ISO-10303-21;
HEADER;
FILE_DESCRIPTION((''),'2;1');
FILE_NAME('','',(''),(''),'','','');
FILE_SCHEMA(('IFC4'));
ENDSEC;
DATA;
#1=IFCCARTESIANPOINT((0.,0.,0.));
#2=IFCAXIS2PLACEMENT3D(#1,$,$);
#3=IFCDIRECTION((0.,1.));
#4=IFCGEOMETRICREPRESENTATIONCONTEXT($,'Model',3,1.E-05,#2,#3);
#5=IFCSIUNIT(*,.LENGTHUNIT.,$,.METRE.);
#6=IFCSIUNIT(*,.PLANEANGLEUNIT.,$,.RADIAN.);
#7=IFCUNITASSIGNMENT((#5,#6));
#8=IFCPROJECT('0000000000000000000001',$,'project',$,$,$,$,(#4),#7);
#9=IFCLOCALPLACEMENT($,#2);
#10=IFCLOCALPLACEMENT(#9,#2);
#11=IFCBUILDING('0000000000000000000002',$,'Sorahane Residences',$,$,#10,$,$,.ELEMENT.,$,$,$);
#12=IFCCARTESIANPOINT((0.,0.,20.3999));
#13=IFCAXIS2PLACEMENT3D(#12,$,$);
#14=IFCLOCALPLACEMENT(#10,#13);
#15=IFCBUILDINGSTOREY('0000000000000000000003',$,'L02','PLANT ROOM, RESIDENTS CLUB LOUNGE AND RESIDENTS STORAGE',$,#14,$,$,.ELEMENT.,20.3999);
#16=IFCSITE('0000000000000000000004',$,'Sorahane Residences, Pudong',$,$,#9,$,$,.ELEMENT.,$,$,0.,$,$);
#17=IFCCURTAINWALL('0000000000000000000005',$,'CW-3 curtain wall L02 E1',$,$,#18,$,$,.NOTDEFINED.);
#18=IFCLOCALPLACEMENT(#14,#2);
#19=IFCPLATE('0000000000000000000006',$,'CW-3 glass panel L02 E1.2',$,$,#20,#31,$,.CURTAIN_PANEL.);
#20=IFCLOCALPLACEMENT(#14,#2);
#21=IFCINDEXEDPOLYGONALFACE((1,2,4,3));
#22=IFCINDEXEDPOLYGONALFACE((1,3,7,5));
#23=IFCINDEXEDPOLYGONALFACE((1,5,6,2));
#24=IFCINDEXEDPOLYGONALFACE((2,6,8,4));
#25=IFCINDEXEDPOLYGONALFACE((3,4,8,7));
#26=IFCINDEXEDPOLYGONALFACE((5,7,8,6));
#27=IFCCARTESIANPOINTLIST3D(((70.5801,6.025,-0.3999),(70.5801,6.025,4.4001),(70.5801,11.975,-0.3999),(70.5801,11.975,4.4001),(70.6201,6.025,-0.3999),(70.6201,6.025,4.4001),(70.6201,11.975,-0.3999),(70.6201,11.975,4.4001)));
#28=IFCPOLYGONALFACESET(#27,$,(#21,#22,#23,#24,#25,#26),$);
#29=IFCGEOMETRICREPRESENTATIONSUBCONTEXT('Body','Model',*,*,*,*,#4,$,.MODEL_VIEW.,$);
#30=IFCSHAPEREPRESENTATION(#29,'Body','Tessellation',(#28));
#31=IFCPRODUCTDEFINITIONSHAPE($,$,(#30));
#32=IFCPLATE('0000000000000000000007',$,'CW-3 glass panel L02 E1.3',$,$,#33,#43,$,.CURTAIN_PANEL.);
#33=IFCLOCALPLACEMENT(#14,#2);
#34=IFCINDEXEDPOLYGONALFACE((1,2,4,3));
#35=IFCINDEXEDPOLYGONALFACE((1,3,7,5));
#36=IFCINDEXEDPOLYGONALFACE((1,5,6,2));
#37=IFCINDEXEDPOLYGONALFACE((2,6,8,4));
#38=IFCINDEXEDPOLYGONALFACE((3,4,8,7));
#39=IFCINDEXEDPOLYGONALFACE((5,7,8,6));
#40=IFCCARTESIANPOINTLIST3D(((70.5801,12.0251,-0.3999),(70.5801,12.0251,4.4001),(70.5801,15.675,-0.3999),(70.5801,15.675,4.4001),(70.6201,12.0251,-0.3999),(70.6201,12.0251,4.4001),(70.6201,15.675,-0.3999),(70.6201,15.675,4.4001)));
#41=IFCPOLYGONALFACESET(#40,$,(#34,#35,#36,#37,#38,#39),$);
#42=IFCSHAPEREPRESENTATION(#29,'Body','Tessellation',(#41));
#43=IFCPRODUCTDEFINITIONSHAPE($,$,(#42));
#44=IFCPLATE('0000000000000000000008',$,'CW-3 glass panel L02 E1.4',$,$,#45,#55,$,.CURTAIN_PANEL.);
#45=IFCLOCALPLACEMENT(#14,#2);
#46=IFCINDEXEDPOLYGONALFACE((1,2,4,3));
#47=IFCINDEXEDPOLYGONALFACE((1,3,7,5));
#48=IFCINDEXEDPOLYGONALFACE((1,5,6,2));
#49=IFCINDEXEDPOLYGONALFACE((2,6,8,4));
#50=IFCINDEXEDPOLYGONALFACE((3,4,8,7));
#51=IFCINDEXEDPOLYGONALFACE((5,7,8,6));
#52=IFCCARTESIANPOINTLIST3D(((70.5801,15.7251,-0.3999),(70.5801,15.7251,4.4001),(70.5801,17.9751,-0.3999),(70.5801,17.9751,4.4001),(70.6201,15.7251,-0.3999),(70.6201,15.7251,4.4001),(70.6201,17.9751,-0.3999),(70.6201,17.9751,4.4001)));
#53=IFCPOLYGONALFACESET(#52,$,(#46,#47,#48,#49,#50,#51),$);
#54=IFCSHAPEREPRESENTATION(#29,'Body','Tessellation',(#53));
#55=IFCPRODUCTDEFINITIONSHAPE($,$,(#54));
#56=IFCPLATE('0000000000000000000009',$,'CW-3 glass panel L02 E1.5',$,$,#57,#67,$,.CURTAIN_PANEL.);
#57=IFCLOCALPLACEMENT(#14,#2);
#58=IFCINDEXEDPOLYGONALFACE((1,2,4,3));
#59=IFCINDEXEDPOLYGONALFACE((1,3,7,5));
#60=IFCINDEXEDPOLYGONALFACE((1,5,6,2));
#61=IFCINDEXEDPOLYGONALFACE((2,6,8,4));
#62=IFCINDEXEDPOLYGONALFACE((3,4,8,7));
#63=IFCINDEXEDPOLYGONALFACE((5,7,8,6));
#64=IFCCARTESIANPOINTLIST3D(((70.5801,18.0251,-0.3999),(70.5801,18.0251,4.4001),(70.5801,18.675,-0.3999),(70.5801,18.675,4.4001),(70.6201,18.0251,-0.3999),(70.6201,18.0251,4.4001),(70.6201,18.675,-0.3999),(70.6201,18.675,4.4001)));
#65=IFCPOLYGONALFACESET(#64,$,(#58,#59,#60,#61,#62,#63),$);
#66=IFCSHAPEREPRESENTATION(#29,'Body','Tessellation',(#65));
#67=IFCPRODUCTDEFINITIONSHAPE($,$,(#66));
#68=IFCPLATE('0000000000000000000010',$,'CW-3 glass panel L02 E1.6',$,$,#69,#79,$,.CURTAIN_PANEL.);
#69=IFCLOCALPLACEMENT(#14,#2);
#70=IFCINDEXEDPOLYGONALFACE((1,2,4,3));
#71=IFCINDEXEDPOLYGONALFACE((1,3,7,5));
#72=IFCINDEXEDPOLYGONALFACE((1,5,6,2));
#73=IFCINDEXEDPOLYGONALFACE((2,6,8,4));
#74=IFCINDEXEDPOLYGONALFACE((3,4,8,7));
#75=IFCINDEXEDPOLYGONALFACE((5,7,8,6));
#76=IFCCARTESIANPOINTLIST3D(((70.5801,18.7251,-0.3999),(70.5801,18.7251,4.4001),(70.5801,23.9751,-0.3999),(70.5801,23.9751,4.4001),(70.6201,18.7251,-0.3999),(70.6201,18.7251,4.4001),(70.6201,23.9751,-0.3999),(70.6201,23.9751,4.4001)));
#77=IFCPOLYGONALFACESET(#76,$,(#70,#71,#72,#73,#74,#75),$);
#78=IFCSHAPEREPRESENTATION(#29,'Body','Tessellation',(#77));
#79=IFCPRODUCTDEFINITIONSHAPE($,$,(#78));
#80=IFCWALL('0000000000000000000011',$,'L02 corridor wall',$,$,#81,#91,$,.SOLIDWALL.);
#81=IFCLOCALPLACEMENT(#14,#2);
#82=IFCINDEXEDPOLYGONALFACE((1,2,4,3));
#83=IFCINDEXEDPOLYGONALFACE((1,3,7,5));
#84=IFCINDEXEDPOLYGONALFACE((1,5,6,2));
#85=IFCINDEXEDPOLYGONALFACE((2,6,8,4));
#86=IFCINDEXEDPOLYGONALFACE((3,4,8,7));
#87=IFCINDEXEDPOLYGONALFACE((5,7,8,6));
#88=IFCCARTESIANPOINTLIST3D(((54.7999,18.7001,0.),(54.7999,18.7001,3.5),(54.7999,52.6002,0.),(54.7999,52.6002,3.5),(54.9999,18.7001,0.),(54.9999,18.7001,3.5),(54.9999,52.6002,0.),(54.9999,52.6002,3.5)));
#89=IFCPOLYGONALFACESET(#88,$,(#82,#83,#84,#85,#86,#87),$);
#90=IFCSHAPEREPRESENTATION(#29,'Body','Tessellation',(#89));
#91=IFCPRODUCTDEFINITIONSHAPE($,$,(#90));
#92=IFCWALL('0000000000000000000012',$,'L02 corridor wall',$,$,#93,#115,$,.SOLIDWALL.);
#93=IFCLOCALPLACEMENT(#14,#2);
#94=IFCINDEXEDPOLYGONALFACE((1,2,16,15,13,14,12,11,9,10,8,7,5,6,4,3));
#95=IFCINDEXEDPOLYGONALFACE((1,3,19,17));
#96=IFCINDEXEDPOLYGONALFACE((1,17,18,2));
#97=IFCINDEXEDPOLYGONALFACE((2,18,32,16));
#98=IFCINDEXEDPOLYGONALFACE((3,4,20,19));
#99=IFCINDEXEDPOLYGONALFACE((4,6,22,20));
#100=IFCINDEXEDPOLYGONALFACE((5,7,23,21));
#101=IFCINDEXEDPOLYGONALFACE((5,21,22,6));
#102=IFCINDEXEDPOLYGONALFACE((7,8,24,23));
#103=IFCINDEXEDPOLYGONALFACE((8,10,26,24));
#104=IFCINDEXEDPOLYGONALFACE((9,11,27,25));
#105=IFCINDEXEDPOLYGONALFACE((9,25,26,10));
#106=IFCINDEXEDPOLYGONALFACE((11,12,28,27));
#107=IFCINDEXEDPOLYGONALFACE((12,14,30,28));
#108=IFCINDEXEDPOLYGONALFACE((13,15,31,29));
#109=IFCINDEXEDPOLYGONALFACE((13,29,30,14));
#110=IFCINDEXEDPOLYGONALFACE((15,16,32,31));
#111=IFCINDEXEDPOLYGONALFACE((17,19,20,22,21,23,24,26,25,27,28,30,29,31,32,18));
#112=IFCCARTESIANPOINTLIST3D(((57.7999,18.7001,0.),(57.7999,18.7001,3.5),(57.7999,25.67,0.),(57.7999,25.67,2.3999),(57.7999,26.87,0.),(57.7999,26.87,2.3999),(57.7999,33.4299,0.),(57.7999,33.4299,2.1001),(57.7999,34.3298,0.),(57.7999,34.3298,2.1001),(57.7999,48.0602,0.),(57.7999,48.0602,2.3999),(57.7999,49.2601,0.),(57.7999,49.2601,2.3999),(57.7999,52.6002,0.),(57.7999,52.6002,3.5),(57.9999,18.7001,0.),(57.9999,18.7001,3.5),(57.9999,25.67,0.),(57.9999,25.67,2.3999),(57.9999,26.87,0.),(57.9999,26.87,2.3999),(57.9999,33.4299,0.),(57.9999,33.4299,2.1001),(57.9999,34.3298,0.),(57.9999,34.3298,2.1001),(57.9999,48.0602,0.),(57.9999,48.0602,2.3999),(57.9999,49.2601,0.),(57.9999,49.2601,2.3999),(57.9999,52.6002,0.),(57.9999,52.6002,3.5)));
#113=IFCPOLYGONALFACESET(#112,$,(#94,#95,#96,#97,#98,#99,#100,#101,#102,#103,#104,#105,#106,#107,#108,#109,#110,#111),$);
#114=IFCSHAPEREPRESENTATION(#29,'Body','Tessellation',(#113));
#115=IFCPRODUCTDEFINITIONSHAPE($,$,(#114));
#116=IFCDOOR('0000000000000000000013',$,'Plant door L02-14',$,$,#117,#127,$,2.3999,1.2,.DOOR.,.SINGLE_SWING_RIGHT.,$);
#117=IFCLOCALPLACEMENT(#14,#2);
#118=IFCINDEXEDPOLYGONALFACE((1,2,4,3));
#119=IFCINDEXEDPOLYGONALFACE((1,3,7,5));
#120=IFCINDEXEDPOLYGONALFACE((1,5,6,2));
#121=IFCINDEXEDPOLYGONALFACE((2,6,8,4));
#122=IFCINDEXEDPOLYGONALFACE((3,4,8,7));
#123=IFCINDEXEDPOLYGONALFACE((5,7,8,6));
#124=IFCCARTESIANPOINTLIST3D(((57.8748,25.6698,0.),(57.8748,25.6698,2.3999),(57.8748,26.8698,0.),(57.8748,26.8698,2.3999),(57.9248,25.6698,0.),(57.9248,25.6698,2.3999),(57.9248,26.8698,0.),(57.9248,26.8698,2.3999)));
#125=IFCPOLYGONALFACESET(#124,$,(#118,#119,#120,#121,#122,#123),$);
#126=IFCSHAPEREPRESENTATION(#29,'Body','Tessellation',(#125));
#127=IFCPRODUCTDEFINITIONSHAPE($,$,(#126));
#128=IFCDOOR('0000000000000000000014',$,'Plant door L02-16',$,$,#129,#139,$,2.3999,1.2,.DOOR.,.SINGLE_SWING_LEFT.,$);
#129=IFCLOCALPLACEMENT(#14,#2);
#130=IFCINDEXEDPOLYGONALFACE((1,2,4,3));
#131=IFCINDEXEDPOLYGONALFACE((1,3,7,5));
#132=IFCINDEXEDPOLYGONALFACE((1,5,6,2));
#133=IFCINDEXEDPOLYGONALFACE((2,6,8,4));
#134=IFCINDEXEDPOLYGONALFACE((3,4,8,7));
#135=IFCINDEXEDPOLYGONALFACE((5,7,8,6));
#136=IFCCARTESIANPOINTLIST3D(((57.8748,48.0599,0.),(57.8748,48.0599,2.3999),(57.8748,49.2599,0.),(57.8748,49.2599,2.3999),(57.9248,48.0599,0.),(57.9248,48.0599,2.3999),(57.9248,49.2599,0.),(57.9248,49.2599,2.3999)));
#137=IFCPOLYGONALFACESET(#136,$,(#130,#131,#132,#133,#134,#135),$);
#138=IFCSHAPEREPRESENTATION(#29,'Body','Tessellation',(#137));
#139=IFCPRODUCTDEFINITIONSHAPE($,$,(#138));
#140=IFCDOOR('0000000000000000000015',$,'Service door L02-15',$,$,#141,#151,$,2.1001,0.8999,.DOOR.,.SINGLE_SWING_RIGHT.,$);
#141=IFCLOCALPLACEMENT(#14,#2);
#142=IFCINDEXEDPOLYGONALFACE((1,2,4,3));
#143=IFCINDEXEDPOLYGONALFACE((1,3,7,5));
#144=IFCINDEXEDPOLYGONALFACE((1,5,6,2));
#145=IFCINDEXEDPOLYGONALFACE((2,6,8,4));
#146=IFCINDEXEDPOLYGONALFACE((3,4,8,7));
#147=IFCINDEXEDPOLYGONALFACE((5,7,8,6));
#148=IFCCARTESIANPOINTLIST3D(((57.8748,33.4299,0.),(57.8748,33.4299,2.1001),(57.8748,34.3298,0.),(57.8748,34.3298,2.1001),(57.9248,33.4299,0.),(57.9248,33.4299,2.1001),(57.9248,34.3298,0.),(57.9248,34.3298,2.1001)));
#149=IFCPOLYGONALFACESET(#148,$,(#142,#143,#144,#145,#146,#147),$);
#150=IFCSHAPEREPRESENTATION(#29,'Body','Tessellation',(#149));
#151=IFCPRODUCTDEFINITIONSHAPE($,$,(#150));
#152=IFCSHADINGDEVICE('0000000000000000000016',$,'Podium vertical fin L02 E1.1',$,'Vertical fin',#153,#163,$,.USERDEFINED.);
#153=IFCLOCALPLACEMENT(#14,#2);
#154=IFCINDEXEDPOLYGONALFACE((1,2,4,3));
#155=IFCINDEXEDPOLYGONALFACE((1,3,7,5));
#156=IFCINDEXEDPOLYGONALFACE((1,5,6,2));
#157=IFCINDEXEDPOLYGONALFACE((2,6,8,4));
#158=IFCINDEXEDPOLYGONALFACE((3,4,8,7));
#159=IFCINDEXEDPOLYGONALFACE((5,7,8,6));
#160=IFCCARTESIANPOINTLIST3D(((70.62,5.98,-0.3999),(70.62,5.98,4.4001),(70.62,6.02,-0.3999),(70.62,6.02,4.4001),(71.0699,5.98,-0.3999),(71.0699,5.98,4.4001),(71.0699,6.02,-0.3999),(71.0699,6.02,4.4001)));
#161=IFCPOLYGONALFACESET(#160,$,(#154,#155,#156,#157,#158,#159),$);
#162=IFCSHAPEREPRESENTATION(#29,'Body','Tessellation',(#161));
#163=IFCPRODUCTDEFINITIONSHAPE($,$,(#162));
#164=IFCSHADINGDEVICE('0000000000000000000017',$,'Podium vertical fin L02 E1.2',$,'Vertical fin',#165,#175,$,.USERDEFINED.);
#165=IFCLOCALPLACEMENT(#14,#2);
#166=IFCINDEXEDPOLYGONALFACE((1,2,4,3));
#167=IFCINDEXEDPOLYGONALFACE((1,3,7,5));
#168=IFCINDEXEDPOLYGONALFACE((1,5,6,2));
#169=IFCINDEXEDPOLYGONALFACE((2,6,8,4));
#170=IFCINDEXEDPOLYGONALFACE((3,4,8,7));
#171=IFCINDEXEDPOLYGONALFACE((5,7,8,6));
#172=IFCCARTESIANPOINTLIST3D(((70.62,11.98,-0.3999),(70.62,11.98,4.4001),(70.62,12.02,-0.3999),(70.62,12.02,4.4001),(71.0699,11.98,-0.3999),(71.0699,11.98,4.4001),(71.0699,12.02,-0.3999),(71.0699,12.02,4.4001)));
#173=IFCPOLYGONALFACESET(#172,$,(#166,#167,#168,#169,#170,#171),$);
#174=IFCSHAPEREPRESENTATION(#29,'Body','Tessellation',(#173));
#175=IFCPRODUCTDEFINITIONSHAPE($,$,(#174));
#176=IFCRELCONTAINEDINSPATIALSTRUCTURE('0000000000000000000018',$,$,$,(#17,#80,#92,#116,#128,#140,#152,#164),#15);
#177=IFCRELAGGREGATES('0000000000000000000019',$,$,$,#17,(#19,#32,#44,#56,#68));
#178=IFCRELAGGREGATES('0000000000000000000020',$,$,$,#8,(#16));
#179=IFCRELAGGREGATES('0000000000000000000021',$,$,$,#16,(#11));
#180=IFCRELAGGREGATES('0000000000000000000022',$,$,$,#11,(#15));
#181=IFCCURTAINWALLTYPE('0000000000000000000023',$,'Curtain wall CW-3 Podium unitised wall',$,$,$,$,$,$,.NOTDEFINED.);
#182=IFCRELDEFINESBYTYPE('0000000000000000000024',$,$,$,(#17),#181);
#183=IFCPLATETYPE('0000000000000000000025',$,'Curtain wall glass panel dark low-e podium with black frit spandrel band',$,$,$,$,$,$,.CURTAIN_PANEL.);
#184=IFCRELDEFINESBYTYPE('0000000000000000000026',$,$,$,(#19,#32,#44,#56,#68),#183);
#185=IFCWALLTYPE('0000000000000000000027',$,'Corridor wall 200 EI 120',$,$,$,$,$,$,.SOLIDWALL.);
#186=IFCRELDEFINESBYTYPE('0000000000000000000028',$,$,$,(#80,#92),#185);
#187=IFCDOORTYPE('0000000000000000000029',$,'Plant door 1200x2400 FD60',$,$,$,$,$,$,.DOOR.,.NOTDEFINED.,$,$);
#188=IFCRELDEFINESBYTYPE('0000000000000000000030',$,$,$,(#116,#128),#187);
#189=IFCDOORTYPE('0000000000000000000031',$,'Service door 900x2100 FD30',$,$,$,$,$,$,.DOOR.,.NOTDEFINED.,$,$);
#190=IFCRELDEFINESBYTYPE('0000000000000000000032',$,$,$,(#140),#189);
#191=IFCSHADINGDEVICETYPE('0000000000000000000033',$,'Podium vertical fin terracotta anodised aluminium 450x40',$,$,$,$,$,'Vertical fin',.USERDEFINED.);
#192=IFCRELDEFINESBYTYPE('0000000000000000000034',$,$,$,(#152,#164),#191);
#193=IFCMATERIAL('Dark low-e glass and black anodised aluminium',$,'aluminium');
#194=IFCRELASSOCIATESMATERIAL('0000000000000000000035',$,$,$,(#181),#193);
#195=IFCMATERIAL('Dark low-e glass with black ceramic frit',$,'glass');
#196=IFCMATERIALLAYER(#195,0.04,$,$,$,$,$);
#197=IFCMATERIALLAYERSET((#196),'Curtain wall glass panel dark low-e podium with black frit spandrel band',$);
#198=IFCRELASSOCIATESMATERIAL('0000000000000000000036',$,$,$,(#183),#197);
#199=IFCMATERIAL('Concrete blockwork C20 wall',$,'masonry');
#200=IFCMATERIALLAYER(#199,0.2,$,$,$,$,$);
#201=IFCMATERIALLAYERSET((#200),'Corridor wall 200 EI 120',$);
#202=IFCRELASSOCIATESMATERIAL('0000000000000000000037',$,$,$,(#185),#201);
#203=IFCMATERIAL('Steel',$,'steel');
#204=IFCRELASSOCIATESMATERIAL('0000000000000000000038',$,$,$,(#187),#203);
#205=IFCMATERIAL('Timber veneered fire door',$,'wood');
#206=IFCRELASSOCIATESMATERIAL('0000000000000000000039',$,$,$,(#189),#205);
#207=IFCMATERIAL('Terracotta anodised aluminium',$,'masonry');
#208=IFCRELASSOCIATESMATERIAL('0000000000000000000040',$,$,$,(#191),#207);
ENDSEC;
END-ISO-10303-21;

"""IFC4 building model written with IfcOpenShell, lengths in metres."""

from ifc_helpers import new_model, si_unit, direction, frame, frame_2d, origin, origin_2d, place, context, subcontext, project, spatial, rectangle, extrude, material, layer, layer_set, material_profile, profile_set, type_object, element, fill, aggregate, save


model = new_model("IFC4")

# Units and contexts
model_context = context("Model", 3, precision=1e-05, world=origin(), true_north=direction((0.0, 1.0)))
body_context = subcontext(model_context, "Body", "Model", "MODEL_VIEW")
ifc_project = project(units=[si_unit("LENGTHUNIT", "METRE"), si_unit("PLANEANGLEUNIT", "RADIAN")], contexts=[model_context])

# Site, building, storey
site_placement = place(None, origin())
site = spatial("IfcSite", under=ifc_project, at=site_placement, Name="Sorahane Residences, Pudong", CompositionType="ELEMENT", RefElevation=0.0)
building_placement = place(site_placement, origin())
building = spatial("IfcBuilding", under=site, at=building_placement, Name="Sorahane Residences", CompositionType="ELEMENT")
storey_placement = place(building_placement, frame((0.0, 0.0, 20.3999)))
storey = spatial("IfcBuildingStorey", under=building, at=storey_placement, Name="L02", Description="PLANT ROOM, RESIDENTS CLUB LOUNGE AND RESIDENTS STORAGE", CompositionType="ELEMENT", Elevation=20.3999)

# Curtain wall
ifc_material_1 = material(Name="Dark low-e glass and black anodised aluminium", Category="aluminium")
curtain_wall_type = type_object("IfcCurtainWallType", Name="Curtain wall CW-3 Podium unitised wall", PredefinedType="NOTDEFINED", material=ifc_material_1)
curtain_wall_placement = place(storey_placement, origin())
curtain_wall = element("IfcCurtainWall", 1, at=curtain_wall_placement, inside=storey, type_object=curtain_wall_type, Name="CW-3 curtain wall L02 E1", PredefinedType="NOTDEFINED")

# Plates
ifc_material_2 = material(Name="Dark low-e glass with black ceramic frit", Category="glass")
ifc_layer_1 = layer(ifc_material_2, 0.04)
ifc_layer_set_1 = layer_set([ifc_layer_1], Name="Curtain wall glass panel dark low-e podium with black frit spandrel band")
plate_type = type_object("IfcPlateType", Name="Curtain wall glass panel dark low-e podium with black frit spandrel band", PredefinedType="CURTAIN_PANEL", material=ifc_layer_set_1)
plate_1_placement = place(storey_placement, frame((70.6001, 9.0, -0.3999), z_axis=(0.0, 0.0, 1.0), x_axis=(0.0, 1.0, 0.0)))
plate_1 = element("IfcPlate", 2, at=plate_1_placement, type_object=plate_type, Name="CW-3 glass panel L02 E1.2", PredefinedType="CURTAIN_PANEL", context=body_context, shape_type="SweptSolid", body=[
    extrude(rectangle(XDim=5.95, YDim=0.04, at=origin_2d()), origin(), (0.0, 0.0, 1.0), 4.8),
])
plate_2_placement = place(storey_placement, frame((70.6001, 13.8501, -0.3999), z_axis=(0.0, 0.0, 1.0), x_axis=(0.0, 1.0, 0.0)))
plate_2 = element("IfcPlate", 3, at=plate_2_placement, type_object=plate_type, Name="CW-3 glass panel L02 E1.3", PredefinedType="CURTAIN_PANEL", context=body_context, shape_type="SweptSolid", body=[
    extrude(rectangle(XDim=3.6499, YDim=0.04, at=origin_2d()), origin(), (0.0, 0.0, 1.0), 4.8),
])
plate_3_placement = place(storey_placement, frame((70.6001, 16.8501, -0.3999), z_axis=(0.0, 0.0, 1.0), x_axis=(0.0, 1.0, 0.0)))
plate_3 = element("IfcPlate", 4, at=plate_3_placement, type_object=plate_type, Name="CW-3 glass panel L02 E1.4", PredefinedType="CURTAIN_PANEL", context=body_context, shape_type="SweptSolid", body=[
    extrude(rectangle(XDim=2.25, YDim=0.04, at=origin_2d()), origin(), (0.0, 0.0, 1.0), 4.8),
])
plate_4_placement = place(storey_placement, frame((70.6001, 18.3501, -0.3999), z_axis=(0.0, 0.0, 1.0), x_axis=(0.0, 1.0, 0.0)))
plate_4 = element("IfcPlate", 5, at=plate_4_placement, type_object=plate_type, Name="CW-3 glass panel L02 E1.5", PredefinedType="CURTAIN_PANEL", context=body_context, shape_type="SweptSolid", body=[
    extrude(rectangle(XDim=0.6499, YDim=0.04, at=origin_2d()), origin(), (0.0, 0.0, 1.0), 4.8),
])
plate_5_placement = place(storey_placement, frame((70.6001, 21.3501, -0.3999), z_axis=(0.0, 0.0, 1.0), x_axis=(0.0, 1.0, 0.0)))
plate_5 = element("IfcPlate", 6, at=plate_5_placement, type_object=plate_type, Name="CW-3 glass panel L02 E1.6", PredefinedType="CURTAIN_PANEL", context=body_context, shape_type="SweptSolid", body=[
    extrude(rectangle(XDim=5.25, YDim=0.04, at=origin_2d()), origin(), (0.0, 0.0, 1.0), 4.8),
])
aggregate(curtain_wall, [plate_1, plate_2, plate_3, plate_4, plate_5])

# Wall
ifc_material_3 = material(Name="Concrete blockwork C20 wall", Category="masonry")
ifc_layer_2 = layer(ifc_material_3, 0.2)
ifc_layer_set_2 = layer_set([ifc_layer_2], Name="Corridor wall 200 EI 120")
wall_type = type_object("IfcWallType", Name="Corridor wall 200 EI 120", PredefinedType="SOLIDWALL", material=ifc_layer_set_2)
wall_1_placement = place(storey_placement, frame((54.8999, 18.7, 0.0), z_axis=(0.0, 0.0, 1.0), x_axis=(0.0, 1.0, 0.0)))
element("IfcWall", 7, at=wall_1_placement, inside=storey, type_object=wall_type, Name="L02 corridor wall", PredefinedType="SOLIDWALL", context=body_context, shape_type="SweptSolid", body=[
    extrude(rectangle(XDim=33.9001, YDim=0.2, at=frame_2d((16.9502, 0.0))), origin(), (0.0, 0.0, 1.0), 3.5),
])

# Wall, openings, doors
wall_2_placement = place(storey_placement, frame((57.8999, 18.7, 0.0), z_axis=(0.0, 0.0, 1.0), x_axis=(0.0, 1.0, 0.0)))
wall_2 = element("IfcWall", 8, at=wall_2_placement, inside=storey, type_object=wall_type, Name="L02 corridor wall", PredefinedType="SOLIDWALL", context=body_context, shape_type="SweptSolid", body=[
    extrude(rectangle(XDim=33.9001, YDim=0.2, at=frame_2d((16.9502, 0.0))), origin(), (0.0, 0.0, 1.0), 3.5),
])
opening_1_placement = place(wall_2_placement, frame((6.97, 0.0, 0.0)))
opening_1 = element("IfcOpeningElement", 9, at=opening_1_placement, cuts=wall_2, PredefinedType="OPENING", context=body_context, shape_type="SweptSolid", body=[
    extrude(rectangle(XDim=1.2, YDim=2.3999, at=frame_2d((0.6001, 1.2))), frame((0.0, 0.1099, 0.0), z_axis=(0.0, -1.0, 0.0), x_axis=(1.0, 0.0, 0.0)), (0.0, 0.0, 1.0), 0.22),
])
opening_2_placement = place(wall_2_placement, frame((14.73, 0.0, 0.0)))
opening_2 = element("IfcOpeningElement", 10, at=opening_2_placement, cuts=wall_2, PredefinedType="OPENING", context=body_context, shape_type="SweptSolid", body=[
    extrude(rectangle(XDim=0.8999, YDim=2.1001, at=frame_2d((0.45, 1.05))), frame((0.0, 0.1099, 0.0), z_axis=(0.0, -1.0, 0.0), x_axis=(1.0, 0.0, 0.0)), (0.0, 0.0, 1.0), 0.22),
])
opening_3_placement = place(wall_2_placement, frame((29.3601, 0.0, 0.0)))
opening_3 = element("IfcOpeningElement", 11, at=opening_3_placement, cuts=wall_2, PredefinedType="OPENING", context=body_context, shape_type="SweptSolid", body=[
    extrude(rectangle(XDim=1.2, YDim=2.3999, at=frame_2d((0.6001, 1.2))), frame((0.0, 0.1099, 0.0), z_axis=(0.0, -1.0, 0.0), x_axis=(1.0, 0.0, 0.0)), (0.0, 0.0, 1.0), 0.22),
])
ifc_material_4 = material(Name="Steel", Category="steel")
door_type_1 = type_object("IfcDoorType", Name="Plant door 1200x2400 FD60", OperationType="NOTDEFINED", PredefinedType="DOOR", material=ifc_material_4)
door_1_placement = place(opening_1_placement, frame((1.2, 0.0, 0.0), z_axis=(0.0, 0.0, 1.0), x_axis=(-1.0, 0.0, 0.0)))
door_1 = element("IfcDoor", 12, at=door_1_placement, inside=storey, type_object=door_type_1, Name="Plant door L02-14", OperationType="SINGLE_SWING_RIGHT", OverallHeight=2.3999, OverallWidth=1.2, PredefinedType="DOOR", context=body_context, shape_type="SweptSolid", body=[
    extrude(rectangle(XDim=1.2, YDim=2.3999, at=frame_2d((0.6001, 1.2))), frame((0.0, 0.0249, 0.0), z_axis=(0.0, -1.0, 0.0), x_axis=(1.0, 0.0, 0.0)), (0.0, 0.0, 1.0), 0.05),
])
fill(opening_1, door_1)
door_2_placement = place(opening_3_placement, frame((1.2, 0.0, 0.0), z_axis=(0.0, 0.0, 1.0), x_axis=(-1.0, 0.0, 0.0)))
door_2 = element("IfcDoor", 13, at=door_2_placement, inside=storey, type_object=door_type_1, Name="Plant door L02-16", OperationType="SINGLE_SWING_LEFT", OverallHeight=2.3999, OverallWidth=1.2, PredefinedType="DOOR", context=body_context, shape_type="SweptSolid", body=[
    extrude(rectangle(XDim=1.2, YDim=2.3999, at=frame_2d((0.6001, 1.2))), frame((0.0, 0.0249, 0.0), z_axis=(0.0, -1.0, 0.0), x_axis=(1.0, 0.0, 0.0)), (0.0, 0.0, 1.0), 0.05),
])
fill(opening_3, door_2)
ifc_material_5 = material(Name="Timber veneered fire door", Category="wood")
door_type_2 = type_object("IfcDoorType", Name="Service door 900x2100 FD30", OperationType="NOTDEFINED", PredefinedType="DOOR", material=ifc_material_5)
door_3_placement = place(opening_2_placement, frame((0.8999, 0.0, 0.0), z_axis=(0.0, 0.0, 1.0), x_axis=(-1.0, 0.0, 0.0)))
door_3 = element("IfcDoor", 14, at=door_3_placement, inside=storey, type_object=door_type_2, Name="Service door L02-15", OperationType="SINGLE_SWING_RIGHT", OverallHeight=2.1001, OverallWidth=0.8999, PredefinedType="DOOR", context=body_context, shape_type="SweptSolid", body=[
    extrude(rectangle(XDim=0.8999, YDim=2.1001, at=frame_2d((0.45, 1.05))), frame((0.0, 0.0249, 0.0), z_axis=(0.0, -1.0, 0.0), x_axis=(1.0, 0.0, 0.0)), (0.0, 0.0, 1.0), 0.05),
])
fill(opening_2, door_3)

# Shading devices
ifc_material_6 = material(Name="Terracotta anodised aluminium", Category="masonry")
ifc_material_profile_1 = material_profile(ifc_material_6, rectangle(XDim=0.45, YDim=0.04, at=origin_2d()), Name="Podium vertical fin terracotta anodised aluminium 450x40")
ifc_profile_set_1 = profile_set([ifc_material_profile_1], Name="Terracotta anodised aluminium")
shading_device_type = type_object("IfcShadingDeviceType", Name="Podium vertical fin terracotta anodised aluminium 450x40", ElementType="Vertical fin", PredefinedType="USERDEFINED", material=ifc_profile_set_1)
for number, where, z_axis, x_axis, name in (
    (15, (70.845, 6.0, -0.3999), (0.0, 0.0, 1.0), (1.0, 0.0, 0.0), "Podium vertical fin L02 E1.1"),
    (16, (70.845, 12.0, -0.3999), (0.0, 0.0, 1.0), (1.0, 0.0, 0.0), "Podium vertical fin L02 E1.2"),
):
    element("IfcShadingDevice", number, at=place(storey_placement, frame(where, z_axis=z_axis, x_axis=x_axis)), inside=storey, type_object=shading_device_type, Name=name, ObjectType="Vertical fin", PredefinedType="USERDEFINED", context=body_context, shape_type="SweptSolid", body=[
        extrude(rectangle(XDim=0.45, YDim=0.04, at=origin_2d()), origin(), (0.0, 0.0, 1.0), 4.8),
    ])

save(model, "model.ifc")
